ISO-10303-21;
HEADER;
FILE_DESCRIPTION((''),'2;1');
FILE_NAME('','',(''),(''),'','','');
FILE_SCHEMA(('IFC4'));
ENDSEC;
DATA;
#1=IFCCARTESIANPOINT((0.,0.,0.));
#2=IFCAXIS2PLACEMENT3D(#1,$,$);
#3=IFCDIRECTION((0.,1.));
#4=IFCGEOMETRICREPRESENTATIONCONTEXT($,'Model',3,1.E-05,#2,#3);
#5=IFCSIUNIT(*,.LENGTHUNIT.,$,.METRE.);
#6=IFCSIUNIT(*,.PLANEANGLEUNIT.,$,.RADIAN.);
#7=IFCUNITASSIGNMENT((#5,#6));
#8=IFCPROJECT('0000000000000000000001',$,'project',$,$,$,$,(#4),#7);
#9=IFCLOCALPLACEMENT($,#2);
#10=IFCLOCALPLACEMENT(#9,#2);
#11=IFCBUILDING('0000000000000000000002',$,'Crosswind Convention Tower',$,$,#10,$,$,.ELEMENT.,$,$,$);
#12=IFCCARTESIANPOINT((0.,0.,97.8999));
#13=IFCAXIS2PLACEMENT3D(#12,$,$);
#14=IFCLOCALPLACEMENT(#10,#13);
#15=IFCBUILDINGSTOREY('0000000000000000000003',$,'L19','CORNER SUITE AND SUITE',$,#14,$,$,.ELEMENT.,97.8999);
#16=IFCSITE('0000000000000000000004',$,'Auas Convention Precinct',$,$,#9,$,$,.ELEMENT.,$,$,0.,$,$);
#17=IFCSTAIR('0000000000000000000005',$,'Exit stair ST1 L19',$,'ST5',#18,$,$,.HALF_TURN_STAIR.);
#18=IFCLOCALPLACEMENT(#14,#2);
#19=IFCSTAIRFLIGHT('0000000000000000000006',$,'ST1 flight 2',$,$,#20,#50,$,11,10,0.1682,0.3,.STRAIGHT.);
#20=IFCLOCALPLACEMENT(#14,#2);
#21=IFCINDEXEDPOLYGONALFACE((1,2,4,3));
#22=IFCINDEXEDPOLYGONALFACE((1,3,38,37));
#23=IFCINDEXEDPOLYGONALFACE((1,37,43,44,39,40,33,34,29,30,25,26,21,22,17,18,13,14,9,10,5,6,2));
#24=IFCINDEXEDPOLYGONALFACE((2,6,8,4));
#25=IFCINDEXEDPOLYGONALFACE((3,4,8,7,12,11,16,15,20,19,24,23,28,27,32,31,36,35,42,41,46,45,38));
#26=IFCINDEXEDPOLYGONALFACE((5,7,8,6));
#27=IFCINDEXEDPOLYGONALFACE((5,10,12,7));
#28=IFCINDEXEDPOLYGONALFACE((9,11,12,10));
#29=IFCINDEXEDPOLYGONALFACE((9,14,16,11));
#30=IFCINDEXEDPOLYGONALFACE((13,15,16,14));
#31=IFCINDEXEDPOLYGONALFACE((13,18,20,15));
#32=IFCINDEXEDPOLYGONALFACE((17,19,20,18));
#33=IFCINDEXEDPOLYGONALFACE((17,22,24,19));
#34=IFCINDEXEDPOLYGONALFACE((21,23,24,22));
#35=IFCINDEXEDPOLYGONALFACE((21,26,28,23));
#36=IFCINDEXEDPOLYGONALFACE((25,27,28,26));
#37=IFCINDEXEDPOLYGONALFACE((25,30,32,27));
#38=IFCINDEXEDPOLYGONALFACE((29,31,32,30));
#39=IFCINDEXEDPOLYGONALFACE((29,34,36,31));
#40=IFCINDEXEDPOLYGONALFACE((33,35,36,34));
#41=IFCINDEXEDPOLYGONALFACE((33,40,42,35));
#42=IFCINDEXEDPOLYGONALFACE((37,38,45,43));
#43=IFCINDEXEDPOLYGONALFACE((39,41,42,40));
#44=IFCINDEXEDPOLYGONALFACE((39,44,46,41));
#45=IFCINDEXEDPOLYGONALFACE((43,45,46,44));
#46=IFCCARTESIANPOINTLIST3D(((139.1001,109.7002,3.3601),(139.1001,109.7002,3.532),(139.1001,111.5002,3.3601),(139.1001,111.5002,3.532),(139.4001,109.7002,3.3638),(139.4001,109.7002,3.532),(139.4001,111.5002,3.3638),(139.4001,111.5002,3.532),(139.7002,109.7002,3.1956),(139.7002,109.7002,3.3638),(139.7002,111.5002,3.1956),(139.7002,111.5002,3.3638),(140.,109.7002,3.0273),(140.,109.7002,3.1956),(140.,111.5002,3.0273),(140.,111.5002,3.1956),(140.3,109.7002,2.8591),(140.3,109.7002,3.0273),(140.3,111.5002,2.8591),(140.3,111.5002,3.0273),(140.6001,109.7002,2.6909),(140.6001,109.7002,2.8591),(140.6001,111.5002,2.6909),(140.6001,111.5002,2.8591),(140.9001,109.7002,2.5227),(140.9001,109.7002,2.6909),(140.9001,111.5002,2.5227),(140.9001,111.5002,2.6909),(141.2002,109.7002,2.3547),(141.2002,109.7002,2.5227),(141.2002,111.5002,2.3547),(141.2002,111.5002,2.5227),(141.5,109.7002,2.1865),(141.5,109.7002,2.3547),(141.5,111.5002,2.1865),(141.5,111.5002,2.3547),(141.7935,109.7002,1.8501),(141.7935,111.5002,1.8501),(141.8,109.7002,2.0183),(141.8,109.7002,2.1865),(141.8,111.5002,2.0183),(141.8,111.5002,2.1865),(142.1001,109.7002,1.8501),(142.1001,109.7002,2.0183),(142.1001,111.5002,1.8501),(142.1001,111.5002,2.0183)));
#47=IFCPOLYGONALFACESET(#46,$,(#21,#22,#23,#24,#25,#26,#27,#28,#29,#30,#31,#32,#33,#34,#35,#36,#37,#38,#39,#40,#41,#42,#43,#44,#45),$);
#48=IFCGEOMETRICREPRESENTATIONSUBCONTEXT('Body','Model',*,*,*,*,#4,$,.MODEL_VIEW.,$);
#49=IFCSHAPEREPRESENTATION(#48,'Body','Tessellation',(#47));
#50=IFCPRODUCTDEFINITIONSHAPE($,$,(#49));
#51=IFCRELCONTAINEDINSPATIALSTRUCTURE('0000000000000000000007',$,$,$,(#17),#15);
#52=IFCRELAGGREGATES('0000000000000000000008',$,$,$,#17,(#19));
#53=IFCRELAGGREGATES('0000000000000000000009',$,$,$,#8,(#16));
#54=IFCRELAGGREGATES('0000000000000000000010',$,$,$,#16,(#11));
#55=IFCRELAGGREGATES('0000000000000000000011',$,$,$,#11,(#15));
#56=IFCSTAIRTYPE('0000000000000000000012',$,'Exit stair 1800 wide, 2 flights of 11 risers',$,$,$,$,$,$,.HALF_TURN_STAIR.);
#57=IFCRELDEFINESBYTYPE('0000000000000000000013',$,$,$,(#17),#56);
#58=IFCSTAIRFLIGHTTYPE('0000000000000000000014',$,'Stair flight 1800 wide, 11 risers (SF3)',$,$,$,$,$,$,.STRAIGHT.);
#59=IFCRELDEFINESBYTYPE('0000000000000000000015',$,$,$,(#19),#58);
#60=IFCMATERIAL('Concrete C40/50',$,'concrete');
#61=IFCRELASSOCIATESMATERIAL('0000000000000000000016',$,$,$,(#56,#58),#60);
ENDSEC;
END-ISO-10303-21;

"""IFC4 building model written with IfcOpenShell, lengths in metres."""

from ifc_helpers import new_model, si_unit, direction, frame, origin, place, context, subcontext, project, spatial, polyline, outline, extrude, material, type_object, element, aggregate, save


model = new_model("IFC4")

# Units and contexts
model_context = context("Model", 3, precision=1e-05, world=origin(), true_north=direction((0.0, 1.0)))
body_context = subcontext(model_context, "Body", "Model", "MODEL_VIEW")
ifc_project = project(units=[si_unit("LENGTHUNIT", "METRE"), si_unit("PLANEANGLEUNIT", "RADIAN")], contexts=[model_context])

# Site, building, storey
site_placement = place(None, origin())
site = spatial("IfcSite", under=ifc_project, at=site_placement, Name="Auas Convention Precinct", CompositionType="ELEMENT", RefElevation=0.0)
building_placement = place(site_placement, origin())
building = spatial("IfcBuilding", under=site, at=building_placement, Name="Crosswind Convention Tower", CompositionType="ELEMENT")
storey_placement = place(building_placement, frame((0.0, 0.0, 97.8999)))
storey = spatial("IfcBuildingStorey", under=building, at=storey_placement, Name="L19", Description="CORNER SUITE AND SUITE", CompositionType="ELEMENT", Elevation=97.8999)

# Stair, stair flight
ifc_material_1 = material(Name="Concrete C40/50", Category="concrete")
stair_type = type_object("IfcStairType", Name="Exit stair 1800 wide, 2 flights of 11 risers", PredefinedType="HALF_TURN_STAIR", material=ifc_material_1)
stair_placement = place(storey_placement, origin())
stair = element("IfcStair", 1, at=stair_placement, inside=storey, type_object=stair_type, Name="Exit stair ST1 L19", ObjectType="ST5", PredefinedType="HALF_TURN_STAIR")
stair_flight_type = type_object("IfcStairFlightType", Name="Stair flight 1800 wide, 11 risers (SF3)", PredefinedType="STRAIGHT", material=ifc_material_1)
stair_flight_placement = place(storey_placement, frame((142.1001, 110.6001, 1.8501), z_axis=(0.0, 0.0, 1.0), x_axis=(-1.0, 0.0, 0.0)))
stair_flight = element("IfcStairFlight", 2, at=stair_flight_placement, type_object=stair_flight_type, Name="ST1 flight 2", NumberOfRisers=11, NumberOfTreads=10, PredefinedType="STRAIGHT", RiserHeight=0.1682, TreadLength=0.3, context=body_context, shape_type="SweptSolid", body=[
    extrude(outline(polyline([(0.0, 0.0), (0.0, 0.1682), (0.3, 0.1682), (0.3, 0.3364), (0.6001, 0.3364), (0.6001, 0.5046), (0.8999, 0.5046), (0.8999, 0.6726), (1.2, 0.6726), (1.2, 0.8408), (1.5, 0.8408), (1.5, 1.009), (1.8, 1.009), (1.8, 1.1772), (2.1001, 1.1772), (2.1001, 1.3455), (2.3999, 1.3455), (2.3999, 1.5137), (2.7, 1.5137), (2.7, 1.6819), (3.0, 1.6819), (3.0, 1.8501), (3.0, 1.51), (0.3066, 0.0), (0.0, 0.0)])), frame((0.0, 0.8999, 0.0), z_axis=(0.0, -1.0, 0.0), x_axis=(1.0, 0.0, 0.0)), (0.0, 0.0, 1.0), 1.8),
])
aggregate(stair, [stair_flight])

save(model, "model.ifc")
